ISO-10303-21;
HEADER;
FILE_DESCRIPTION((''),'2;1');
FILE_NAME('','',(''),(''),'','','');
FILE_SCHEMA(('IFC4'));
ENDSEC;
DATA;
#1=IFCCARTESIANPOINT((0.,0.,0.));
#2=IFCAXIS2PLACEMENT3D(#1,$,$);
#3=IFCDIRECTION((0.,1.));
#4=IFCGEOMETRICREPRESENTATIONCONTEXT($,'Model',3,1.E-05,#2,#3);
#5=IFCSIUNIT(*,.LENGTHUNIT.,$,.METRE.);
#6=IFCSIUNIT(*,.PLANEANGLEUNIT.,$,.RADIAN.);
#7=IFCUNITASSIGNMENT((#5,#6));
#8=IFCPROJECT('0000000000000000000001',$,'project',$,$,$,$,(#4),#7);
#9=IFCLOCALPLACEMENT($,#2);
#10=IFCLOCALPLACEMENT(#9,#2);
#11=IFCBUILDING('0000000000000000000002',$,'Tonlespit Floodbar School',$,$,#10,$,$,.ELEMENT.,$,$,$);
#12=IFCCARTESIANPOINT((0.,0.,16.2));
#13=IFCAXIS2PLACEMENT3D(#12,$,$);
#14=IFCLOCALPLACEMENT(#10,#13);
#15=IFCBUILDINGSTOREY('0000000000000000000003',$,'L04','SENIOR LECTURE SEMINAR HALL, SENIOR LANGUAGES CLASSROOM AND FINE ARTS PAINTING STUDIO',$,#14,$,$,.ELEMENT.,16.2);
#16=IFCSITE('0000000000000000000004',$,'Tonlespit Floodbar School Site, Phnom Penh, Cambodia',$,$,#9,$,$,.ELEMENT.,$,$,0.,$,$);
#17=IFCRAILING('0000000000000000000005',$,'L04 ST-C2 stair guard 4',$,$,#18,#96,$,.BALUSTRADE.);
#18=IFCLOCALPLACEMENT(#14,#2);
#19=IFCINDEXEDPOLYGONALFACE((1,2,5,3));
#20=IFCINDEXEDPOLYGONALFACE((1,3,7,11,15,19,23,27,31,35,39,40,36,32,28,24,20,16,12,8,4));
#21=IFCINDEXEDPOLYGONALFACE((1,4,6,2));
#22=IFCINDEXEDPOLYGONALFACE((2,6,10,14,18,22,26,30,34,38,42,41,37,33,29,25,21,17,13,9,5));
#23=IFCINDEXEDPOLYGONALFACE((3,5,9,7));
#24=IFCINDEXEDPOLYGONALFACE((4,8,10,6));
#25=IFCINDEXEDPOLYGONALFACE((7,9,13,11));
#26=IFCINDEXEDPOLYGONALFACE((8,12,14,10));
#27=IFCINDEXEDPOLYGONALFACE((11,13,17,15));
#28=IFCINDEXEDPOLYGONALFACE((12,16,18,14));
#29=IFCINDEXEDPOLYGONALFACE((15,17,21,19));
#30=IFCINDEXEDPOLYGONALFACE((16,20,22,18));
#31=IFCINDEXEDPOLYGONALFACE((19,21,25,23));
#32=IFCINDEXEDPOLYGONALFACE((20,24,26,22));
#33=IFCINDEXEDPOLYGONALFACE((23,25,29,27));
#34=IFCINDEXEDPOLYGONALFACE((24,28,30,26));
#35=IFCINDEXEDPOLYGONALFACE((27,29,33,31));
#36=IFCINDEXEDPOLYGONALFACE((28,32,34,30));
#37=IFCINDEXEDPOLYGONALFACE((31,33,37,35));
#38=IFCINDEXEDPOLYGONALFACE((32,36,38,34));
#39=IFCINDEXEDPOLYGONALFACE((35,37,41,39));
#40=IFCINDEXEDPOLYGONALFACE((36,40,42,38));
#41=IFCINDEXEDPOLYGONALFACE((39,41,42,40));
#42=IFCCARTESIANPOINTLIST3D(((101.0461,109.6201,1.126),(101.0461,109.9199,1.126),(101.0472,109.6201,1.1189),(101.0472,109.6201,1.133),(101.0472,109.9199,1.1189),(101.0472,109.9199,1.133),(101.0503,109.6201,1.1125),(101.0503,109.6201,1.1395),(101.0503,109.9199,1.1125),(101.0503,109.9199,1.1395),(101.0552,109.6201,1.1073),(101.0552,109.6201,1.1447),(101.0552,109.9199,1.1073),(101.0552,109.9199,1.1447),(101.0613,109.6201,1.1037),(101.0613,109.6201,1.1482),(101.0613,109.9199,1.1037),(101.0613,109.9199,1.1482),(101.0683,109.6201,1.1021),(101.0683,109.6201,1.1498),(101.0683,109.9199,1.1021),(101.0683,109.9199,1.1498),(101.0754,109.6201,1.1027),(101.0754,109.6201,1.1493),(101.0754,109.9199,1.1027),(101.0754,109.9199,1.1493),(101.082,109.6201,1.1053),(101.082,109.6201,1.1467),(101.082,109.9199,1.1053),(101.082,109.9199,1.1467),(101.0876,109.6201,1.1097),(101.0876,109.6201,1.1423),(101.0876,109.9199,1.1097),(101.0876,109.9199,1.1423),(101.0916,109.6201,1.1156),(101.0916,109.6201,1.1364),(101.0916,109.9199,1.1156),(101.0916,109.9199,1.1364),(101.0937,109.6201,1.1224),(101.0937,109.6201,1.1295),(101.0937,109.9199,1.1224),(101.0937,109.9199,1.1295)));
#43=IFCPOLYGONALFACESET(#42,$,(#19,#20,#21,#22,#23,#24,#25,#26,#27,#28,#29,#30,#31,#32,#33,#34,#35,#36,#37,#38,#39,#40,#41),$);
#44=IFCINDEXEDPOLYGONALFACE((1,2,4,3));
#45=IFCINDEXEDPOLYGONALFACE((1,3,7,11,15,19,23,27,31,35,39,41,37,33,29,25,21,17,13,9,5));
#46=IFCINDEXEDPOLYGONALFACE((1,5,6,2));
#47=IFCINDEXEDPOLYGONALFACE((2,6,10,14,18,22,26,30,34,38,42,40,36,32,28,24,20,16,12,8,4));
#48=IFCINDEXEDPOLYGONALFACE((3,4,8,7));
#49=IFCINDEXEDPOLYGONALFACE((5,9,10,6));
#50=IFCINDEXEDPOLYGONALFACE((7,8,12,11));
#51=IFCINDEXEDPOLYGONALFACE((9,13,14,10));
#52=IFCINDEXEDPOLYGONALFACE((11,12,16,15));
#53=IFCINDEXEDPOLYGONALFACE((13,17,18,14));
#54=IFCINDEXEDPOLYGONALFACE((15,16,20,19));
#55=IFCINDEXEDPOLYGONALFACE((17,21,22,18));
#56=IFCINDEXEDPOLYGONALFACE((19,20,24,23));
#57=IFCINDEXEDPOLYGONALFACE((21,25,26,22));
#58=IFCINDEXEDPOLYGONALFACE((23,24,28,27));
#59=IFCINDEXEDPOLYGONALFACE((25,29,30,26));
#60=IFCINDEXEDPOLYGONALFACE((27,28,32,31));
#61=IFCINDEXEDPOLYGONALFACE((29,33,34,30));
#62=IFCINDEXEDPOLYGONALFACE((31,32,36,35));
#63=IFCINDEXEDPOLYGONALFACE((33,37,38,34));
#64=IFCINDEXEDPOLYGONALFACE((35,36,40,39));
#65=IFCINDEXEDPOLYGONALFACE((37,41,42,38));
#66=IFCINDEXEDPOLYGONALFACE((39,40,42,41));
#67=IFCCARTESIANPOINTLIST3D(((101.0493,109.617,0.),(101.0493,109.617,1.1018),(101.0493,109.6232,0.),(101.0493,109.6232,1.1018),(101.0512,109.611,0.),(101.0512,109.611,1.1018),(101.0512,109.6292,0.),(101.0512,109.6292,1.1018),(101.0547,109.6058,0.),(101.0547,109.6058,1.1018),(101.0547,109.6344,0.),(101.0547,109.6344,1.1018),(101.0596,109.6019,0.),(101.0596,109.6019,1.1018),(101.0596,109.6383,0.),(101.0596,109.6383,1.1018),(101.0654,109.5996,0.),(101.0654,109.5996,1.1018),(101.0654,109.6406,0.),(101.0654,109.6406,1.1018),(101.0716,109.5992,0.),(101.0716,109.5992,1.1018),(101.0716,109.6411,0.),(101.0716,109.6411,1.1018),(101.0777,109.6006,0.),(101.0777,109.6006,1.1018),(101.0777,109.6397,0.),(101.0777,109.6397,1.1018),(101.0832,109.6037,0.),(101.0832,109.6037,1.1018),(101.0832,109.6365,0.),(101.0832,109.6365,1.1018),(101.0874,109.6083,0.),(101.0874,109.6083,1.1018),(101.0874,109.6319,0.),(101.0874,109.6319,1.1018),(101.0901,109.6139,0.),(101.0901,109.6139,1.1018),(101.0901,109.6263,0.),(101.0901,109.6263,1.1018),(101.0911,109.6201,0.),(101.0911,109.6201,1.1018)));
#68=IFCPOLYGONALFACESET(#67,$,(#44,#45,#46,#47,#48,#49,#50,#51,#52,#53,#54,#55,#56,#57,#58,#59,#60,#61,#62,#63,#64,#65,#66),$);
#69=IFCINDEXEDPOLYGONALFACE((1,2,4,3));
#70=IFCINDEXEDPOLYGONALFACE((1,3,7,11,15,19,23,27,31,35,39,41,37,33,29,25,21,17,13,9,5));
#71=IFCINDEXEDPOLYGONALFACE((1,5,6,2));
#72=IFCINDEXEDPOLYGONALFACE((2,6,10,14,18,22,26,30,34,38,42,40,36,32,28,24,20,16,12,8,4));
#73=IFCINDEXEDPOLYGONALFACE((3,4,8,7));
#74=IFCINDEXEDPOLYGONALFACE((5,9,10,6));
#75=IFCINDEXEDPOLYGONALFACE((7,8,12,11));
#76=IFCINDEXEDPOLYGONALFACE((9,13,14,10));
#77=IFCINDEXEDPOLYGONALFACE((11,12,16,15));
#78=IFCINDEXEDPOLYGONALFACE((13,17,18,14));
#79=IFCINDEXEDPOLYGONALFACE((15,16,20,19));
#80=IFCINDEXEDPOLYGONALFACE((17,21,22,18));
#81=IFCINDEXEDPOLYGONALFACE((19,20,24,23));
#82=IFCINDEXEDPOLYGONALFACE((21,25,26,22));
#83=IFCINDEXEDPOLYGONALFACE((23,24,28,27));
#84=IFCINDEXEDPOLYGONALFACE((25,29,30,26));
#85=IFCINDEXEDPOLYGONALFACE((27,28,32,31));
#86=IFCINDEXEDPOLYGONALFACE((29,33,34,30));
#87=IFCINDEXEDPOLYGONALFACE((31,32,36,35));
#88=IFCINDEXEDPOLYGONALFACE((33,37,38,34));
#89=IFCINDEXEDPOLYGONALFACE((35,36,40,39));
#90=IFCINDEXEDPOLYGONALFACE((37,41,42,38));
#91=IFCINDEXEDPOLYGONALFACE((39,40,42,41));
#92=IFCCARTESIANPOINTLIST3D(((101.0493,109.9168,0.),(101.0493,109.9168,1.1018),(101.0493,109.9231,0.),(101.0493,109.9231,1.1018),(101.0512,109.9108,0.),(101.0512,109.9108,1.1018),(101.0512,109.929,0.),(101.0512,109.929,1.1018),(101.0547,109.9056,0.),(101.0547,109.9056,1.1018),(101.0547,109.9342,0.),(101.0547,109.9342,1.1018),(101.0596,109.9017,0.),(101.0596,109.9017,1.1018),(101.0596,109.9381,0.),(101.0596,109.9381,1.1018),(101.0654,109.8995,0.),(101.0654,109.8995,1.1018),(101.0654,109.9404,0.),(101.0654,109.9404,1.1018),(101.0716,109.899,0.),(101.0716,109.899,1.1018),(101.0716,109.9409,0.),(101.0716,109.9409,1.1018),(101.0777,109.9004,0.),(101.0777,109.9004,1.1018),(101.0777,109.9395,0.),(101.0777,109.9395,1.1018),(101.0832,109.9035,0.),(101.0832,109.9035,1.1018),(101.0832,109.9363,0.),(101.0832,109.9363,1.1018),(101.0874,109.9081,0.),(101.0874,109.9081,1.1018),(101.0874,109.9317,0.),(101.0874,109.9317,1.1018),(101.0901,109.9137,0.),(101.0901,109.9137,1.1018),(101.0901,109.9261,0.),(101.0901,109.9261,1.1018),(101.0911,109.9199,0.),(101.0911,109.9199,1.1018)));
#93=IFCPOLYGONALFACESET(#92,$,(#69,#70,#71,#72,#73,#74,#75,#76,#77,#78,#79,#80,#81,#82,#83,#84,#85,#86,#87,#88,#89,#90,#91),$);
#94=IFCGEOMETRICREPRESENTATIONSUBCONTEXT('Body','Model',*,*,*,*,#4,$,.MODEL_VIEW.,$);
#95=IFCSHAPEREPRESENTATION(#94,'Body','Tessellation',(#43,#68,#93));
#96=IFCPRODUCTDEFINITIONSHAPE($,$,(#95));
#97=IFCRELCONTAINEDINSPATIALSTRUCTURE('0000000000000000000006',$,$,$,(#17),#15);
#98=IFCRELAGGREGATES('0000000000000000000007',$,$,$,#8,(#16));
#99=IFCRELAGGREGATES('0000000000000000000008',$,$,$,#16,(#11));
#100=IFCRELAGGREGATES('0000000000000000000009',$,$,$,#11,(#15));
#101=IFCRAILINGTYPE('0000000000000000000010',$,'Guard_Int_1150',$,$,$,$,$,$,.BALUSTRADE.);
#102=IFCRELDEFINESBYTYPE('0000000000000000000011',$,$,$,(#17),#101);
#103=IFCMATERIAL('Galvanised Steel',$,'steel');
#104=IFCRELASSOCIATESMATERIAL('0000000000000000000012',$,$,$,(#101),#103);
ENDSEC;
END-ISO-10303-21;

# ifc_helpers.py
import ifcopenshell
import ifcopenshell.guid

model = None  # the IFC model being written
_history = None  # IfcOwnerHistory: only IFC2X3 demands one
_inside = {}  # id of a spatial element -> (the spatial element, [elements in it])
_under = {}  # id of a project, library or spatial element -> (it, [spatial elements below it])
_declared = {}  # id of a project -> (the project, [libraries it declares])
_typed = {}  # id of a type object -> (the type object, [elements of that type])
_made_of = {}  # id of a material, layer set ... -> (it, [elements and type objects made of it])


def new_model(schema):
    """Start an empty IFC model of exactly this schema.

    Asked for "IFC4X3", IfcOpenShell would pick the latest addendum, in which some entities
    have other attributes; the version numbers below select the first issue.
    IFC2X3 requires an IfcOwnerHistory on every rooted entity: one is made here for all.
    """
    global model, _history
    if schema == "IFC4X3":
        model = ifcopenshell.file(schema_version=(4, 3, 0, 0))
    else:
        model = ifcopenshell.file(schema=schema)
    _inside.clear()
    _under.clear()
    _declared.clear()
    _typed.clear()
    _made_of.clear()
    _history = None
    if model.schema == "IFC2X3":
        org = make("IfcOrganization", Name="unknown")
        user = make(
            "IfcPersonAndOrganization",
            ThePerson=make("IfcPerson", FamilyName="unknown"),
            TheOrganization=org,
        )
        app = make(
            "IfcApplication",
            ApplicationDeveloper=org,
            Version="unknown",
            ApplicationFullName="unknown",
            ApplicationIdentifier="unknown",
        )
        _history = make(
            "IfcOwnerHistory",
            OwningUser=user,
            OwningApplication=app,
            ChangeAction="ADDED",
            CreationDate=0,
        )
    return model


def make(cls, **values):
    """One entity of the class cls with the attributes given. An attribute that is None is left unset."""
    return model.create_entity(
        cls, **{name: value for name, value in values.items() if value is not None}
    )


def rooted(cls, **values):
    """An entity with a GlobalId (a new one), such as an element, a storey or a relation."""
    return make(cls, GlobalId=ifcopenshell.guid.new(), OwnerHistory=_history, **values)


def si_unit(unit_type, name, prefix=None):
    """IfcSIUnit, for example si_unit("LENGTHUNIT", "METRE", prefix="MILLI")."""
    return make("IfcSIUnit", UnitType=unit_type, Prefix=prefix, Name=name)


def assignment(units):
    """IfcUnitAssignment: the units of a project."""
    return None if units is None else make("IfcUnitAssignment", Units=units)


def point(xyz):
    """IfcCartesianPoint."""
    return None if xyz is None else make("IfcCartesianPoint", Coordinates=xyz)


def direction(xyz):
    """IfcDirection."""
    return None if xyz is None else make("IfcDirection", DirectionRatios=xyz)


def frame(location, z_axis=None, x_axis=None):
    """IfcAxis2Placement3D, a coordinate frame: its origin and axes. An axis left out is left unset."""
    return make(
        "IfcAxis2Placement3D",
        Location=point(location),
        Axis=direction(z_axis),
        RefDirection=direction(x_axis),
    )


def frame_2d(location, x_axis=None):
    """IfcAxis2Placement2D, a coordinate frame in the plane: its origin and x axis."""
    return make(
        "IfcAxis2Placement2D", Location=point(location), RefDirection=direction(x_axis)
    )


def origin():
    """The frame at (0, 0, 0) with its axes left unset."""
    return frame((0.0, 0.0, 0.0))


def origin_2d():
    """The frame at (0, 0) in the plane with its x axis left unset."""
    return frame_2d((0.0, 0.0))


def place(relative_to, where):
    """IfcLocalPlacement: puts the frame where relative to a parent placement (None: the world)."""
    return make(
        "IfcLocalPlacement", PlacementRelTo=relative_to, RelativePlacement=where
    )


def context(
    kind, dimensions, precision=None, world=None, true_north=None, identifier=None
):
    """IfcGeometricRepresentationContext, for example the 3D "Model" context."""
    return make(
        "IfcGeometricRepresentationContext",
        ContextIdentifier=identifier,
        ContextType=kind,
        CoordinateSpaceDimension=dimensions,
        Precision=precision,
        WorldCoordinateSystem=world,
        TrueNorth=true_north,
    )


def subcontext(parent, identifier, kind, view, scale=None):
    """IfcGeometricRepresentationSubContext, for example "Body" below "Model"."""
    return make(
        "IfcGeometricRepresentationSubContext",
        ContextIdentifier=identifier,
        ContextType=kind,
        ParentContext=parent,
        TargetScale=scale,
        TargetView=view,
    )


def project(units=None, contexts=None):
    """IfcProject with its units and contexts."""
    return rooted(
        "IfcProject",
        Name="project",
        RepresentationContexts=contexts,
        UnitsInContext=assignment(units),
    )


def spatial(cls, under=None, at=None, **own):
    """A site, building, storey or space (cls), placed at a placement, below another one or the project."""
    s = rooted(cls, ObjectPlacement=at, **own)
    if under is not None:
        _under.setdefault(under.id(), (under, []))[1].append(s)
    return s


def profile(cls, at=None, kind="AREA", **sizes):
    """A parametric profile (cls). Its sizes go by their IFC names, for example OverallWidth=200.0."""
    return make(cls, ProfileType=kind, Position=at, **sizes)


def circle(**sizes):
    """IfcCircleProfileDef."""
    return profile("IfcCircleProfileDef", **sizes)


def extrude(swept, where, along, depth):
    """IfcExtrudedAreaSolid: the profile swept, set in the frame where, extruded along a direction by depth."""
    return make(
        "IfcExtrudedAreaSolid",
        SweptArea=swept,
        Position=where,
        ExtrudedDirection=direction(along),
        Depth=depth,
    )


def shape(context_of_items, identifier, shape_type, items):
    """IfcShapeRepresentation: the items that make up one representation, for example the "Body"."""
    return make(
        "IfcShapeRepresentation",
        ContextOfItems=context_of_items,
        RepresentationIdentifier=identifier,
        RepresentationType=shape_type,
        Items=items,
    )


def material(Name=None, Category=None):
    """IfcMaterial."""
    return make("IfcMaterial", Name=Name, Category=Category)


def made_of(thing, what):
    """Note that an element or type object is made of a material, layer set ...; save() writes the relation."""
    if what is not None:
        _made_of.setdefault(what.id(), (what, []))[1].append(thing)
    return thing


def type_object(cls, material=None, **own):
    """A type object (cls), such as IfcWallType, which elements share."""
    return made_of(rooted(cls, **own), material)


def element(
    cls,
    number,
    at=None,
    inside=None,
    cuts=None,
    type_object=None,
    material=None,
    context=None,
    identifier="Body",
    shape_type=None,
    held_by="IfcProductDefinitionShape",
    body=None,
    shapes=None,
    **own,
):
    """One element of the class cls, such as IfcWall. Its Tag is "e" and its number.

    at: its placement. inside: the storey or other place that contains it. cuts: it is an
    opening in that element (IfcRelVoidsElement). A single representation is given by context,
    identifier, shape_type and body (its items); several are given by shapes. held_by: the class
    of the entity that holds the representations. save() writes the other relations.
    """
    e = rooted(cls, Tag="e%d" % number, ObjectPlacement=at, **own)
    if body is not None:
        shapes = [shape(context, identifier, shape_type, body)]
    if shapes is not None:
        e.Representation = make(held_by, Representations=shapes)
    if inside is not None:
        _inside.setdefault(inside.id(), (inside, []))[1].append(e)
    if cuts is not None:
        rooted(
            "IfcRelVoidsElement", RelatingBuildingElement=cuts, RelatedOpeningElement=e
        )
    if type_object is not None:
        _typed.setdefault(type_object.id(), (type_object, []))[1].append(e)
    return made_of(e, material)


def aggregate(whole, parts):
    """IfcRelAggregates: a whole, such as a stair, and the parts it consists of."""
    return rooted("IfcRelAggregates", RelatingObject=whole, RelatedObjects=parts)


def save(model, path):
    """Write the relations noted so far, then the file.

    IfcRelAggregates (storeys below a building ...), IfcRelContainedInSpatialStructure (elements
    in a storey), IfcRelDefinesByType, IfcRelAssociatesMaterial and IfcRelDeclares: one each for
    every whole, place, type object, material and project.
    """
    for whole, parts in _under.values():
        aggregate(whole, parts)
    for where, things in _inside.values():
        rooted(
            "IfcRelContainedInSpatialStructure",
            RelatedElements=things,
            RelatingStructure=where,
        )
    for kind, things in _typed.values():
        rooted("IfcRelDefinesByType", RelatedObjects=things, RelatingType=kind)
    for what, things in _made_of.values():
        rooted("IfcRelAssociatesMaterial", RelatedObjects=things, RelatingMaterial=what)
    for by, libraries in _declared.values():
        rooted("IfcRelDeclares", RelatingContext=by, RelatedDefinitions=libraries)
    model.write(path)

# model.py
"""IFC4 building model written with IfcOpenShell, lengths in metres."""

from ifc_helpers import new_model, si_unit, direction, frame, origin, origin_2d, place, context, subcontext, project, spatial, circle, extrude, material, type_object, element, save


model = new_model("IFC4")

# Units and contexts
model_context = context("Model", 3, precision=1e-05, world=origin(), true_north=direction((0.0, 1.0)))
body_context = subcontext(model_context, "Body", "Model", "MODEL_VIEW")
ifc_project = project(units=[si_unit("LENGTHUNIT", "METRE"), si_unit("PLANEANGLEUNIT", "RADIAN")], contexts=[model_context])

# Site, building, storey
site_placement = place(None, origin())
site = spatial("IfcSite", under=ifc_project, at=site_placement, Name="Tonlespit Floodbar School Site, Phnom Penh, Cambodia", CompositionType="ELEMENT", RefElevation=0.0)
building_placement = place(site_placement, origin())
building = spatial("IfcBuilding", under=site, at=building_placement, Name="Tonlespit Floodbar School", CompositionType="ELEMENT")
storey_placement = place(building_placement, frame((0.0, 0.0, 16.2)))
storey = spatial("IfcBuildingStorey", under=building, at=storey_placement, Name="L04", Description="SENIOR LECTURE SEMINAR HALL, SENIOR LANGUAGES CLASSROOM AND FINE ARTS PAINTING STUDIO", CompositionType="ELEMENT", Elevation=16.2)

# Shared definitions
ifc_material_1 = material(Name="Galvanised Steel", Category="steel")

# Railing
railing_type_1 = type_object("IfcRailingType", Name="Guard_Int_1150", PredefinedType="BALUSTRADE", material=ifc_material_1)
railing_1_placement = place(storey_placement, frame((101.0701, 109.6201, 0.0)))
element("IfcRailing", 1, at=railing_1_placement, inside=storey, type_object=railing_type_1, Name="L04 ST-C2 stair guard 4", PredefinedType="BALUSTRADE", context=body_context, shape_type="SweptSolid", body=[
    extrude(circle(Radius=0.0239, at=origin_2d()), frame((0.0, 0.0, 1.126), z_axis=(0.0, 1.0, 0.0), x_axis=(-1.0, 0.0, 0.0)), (0.0, 0.0, 1.0), 0.2998),
    extrude(circle(Radius=0.021, at=origin_2d()), origin(), (0.0, 0.0, 1.0), 1.1018),
    extrude(circle(Radius=0.021, at=origin_2d()), frame((0.0, 0.2998, 0.0)), (0.0, 0.0, 1.0), 1.1018),
])

save(model, "model.ifc")
